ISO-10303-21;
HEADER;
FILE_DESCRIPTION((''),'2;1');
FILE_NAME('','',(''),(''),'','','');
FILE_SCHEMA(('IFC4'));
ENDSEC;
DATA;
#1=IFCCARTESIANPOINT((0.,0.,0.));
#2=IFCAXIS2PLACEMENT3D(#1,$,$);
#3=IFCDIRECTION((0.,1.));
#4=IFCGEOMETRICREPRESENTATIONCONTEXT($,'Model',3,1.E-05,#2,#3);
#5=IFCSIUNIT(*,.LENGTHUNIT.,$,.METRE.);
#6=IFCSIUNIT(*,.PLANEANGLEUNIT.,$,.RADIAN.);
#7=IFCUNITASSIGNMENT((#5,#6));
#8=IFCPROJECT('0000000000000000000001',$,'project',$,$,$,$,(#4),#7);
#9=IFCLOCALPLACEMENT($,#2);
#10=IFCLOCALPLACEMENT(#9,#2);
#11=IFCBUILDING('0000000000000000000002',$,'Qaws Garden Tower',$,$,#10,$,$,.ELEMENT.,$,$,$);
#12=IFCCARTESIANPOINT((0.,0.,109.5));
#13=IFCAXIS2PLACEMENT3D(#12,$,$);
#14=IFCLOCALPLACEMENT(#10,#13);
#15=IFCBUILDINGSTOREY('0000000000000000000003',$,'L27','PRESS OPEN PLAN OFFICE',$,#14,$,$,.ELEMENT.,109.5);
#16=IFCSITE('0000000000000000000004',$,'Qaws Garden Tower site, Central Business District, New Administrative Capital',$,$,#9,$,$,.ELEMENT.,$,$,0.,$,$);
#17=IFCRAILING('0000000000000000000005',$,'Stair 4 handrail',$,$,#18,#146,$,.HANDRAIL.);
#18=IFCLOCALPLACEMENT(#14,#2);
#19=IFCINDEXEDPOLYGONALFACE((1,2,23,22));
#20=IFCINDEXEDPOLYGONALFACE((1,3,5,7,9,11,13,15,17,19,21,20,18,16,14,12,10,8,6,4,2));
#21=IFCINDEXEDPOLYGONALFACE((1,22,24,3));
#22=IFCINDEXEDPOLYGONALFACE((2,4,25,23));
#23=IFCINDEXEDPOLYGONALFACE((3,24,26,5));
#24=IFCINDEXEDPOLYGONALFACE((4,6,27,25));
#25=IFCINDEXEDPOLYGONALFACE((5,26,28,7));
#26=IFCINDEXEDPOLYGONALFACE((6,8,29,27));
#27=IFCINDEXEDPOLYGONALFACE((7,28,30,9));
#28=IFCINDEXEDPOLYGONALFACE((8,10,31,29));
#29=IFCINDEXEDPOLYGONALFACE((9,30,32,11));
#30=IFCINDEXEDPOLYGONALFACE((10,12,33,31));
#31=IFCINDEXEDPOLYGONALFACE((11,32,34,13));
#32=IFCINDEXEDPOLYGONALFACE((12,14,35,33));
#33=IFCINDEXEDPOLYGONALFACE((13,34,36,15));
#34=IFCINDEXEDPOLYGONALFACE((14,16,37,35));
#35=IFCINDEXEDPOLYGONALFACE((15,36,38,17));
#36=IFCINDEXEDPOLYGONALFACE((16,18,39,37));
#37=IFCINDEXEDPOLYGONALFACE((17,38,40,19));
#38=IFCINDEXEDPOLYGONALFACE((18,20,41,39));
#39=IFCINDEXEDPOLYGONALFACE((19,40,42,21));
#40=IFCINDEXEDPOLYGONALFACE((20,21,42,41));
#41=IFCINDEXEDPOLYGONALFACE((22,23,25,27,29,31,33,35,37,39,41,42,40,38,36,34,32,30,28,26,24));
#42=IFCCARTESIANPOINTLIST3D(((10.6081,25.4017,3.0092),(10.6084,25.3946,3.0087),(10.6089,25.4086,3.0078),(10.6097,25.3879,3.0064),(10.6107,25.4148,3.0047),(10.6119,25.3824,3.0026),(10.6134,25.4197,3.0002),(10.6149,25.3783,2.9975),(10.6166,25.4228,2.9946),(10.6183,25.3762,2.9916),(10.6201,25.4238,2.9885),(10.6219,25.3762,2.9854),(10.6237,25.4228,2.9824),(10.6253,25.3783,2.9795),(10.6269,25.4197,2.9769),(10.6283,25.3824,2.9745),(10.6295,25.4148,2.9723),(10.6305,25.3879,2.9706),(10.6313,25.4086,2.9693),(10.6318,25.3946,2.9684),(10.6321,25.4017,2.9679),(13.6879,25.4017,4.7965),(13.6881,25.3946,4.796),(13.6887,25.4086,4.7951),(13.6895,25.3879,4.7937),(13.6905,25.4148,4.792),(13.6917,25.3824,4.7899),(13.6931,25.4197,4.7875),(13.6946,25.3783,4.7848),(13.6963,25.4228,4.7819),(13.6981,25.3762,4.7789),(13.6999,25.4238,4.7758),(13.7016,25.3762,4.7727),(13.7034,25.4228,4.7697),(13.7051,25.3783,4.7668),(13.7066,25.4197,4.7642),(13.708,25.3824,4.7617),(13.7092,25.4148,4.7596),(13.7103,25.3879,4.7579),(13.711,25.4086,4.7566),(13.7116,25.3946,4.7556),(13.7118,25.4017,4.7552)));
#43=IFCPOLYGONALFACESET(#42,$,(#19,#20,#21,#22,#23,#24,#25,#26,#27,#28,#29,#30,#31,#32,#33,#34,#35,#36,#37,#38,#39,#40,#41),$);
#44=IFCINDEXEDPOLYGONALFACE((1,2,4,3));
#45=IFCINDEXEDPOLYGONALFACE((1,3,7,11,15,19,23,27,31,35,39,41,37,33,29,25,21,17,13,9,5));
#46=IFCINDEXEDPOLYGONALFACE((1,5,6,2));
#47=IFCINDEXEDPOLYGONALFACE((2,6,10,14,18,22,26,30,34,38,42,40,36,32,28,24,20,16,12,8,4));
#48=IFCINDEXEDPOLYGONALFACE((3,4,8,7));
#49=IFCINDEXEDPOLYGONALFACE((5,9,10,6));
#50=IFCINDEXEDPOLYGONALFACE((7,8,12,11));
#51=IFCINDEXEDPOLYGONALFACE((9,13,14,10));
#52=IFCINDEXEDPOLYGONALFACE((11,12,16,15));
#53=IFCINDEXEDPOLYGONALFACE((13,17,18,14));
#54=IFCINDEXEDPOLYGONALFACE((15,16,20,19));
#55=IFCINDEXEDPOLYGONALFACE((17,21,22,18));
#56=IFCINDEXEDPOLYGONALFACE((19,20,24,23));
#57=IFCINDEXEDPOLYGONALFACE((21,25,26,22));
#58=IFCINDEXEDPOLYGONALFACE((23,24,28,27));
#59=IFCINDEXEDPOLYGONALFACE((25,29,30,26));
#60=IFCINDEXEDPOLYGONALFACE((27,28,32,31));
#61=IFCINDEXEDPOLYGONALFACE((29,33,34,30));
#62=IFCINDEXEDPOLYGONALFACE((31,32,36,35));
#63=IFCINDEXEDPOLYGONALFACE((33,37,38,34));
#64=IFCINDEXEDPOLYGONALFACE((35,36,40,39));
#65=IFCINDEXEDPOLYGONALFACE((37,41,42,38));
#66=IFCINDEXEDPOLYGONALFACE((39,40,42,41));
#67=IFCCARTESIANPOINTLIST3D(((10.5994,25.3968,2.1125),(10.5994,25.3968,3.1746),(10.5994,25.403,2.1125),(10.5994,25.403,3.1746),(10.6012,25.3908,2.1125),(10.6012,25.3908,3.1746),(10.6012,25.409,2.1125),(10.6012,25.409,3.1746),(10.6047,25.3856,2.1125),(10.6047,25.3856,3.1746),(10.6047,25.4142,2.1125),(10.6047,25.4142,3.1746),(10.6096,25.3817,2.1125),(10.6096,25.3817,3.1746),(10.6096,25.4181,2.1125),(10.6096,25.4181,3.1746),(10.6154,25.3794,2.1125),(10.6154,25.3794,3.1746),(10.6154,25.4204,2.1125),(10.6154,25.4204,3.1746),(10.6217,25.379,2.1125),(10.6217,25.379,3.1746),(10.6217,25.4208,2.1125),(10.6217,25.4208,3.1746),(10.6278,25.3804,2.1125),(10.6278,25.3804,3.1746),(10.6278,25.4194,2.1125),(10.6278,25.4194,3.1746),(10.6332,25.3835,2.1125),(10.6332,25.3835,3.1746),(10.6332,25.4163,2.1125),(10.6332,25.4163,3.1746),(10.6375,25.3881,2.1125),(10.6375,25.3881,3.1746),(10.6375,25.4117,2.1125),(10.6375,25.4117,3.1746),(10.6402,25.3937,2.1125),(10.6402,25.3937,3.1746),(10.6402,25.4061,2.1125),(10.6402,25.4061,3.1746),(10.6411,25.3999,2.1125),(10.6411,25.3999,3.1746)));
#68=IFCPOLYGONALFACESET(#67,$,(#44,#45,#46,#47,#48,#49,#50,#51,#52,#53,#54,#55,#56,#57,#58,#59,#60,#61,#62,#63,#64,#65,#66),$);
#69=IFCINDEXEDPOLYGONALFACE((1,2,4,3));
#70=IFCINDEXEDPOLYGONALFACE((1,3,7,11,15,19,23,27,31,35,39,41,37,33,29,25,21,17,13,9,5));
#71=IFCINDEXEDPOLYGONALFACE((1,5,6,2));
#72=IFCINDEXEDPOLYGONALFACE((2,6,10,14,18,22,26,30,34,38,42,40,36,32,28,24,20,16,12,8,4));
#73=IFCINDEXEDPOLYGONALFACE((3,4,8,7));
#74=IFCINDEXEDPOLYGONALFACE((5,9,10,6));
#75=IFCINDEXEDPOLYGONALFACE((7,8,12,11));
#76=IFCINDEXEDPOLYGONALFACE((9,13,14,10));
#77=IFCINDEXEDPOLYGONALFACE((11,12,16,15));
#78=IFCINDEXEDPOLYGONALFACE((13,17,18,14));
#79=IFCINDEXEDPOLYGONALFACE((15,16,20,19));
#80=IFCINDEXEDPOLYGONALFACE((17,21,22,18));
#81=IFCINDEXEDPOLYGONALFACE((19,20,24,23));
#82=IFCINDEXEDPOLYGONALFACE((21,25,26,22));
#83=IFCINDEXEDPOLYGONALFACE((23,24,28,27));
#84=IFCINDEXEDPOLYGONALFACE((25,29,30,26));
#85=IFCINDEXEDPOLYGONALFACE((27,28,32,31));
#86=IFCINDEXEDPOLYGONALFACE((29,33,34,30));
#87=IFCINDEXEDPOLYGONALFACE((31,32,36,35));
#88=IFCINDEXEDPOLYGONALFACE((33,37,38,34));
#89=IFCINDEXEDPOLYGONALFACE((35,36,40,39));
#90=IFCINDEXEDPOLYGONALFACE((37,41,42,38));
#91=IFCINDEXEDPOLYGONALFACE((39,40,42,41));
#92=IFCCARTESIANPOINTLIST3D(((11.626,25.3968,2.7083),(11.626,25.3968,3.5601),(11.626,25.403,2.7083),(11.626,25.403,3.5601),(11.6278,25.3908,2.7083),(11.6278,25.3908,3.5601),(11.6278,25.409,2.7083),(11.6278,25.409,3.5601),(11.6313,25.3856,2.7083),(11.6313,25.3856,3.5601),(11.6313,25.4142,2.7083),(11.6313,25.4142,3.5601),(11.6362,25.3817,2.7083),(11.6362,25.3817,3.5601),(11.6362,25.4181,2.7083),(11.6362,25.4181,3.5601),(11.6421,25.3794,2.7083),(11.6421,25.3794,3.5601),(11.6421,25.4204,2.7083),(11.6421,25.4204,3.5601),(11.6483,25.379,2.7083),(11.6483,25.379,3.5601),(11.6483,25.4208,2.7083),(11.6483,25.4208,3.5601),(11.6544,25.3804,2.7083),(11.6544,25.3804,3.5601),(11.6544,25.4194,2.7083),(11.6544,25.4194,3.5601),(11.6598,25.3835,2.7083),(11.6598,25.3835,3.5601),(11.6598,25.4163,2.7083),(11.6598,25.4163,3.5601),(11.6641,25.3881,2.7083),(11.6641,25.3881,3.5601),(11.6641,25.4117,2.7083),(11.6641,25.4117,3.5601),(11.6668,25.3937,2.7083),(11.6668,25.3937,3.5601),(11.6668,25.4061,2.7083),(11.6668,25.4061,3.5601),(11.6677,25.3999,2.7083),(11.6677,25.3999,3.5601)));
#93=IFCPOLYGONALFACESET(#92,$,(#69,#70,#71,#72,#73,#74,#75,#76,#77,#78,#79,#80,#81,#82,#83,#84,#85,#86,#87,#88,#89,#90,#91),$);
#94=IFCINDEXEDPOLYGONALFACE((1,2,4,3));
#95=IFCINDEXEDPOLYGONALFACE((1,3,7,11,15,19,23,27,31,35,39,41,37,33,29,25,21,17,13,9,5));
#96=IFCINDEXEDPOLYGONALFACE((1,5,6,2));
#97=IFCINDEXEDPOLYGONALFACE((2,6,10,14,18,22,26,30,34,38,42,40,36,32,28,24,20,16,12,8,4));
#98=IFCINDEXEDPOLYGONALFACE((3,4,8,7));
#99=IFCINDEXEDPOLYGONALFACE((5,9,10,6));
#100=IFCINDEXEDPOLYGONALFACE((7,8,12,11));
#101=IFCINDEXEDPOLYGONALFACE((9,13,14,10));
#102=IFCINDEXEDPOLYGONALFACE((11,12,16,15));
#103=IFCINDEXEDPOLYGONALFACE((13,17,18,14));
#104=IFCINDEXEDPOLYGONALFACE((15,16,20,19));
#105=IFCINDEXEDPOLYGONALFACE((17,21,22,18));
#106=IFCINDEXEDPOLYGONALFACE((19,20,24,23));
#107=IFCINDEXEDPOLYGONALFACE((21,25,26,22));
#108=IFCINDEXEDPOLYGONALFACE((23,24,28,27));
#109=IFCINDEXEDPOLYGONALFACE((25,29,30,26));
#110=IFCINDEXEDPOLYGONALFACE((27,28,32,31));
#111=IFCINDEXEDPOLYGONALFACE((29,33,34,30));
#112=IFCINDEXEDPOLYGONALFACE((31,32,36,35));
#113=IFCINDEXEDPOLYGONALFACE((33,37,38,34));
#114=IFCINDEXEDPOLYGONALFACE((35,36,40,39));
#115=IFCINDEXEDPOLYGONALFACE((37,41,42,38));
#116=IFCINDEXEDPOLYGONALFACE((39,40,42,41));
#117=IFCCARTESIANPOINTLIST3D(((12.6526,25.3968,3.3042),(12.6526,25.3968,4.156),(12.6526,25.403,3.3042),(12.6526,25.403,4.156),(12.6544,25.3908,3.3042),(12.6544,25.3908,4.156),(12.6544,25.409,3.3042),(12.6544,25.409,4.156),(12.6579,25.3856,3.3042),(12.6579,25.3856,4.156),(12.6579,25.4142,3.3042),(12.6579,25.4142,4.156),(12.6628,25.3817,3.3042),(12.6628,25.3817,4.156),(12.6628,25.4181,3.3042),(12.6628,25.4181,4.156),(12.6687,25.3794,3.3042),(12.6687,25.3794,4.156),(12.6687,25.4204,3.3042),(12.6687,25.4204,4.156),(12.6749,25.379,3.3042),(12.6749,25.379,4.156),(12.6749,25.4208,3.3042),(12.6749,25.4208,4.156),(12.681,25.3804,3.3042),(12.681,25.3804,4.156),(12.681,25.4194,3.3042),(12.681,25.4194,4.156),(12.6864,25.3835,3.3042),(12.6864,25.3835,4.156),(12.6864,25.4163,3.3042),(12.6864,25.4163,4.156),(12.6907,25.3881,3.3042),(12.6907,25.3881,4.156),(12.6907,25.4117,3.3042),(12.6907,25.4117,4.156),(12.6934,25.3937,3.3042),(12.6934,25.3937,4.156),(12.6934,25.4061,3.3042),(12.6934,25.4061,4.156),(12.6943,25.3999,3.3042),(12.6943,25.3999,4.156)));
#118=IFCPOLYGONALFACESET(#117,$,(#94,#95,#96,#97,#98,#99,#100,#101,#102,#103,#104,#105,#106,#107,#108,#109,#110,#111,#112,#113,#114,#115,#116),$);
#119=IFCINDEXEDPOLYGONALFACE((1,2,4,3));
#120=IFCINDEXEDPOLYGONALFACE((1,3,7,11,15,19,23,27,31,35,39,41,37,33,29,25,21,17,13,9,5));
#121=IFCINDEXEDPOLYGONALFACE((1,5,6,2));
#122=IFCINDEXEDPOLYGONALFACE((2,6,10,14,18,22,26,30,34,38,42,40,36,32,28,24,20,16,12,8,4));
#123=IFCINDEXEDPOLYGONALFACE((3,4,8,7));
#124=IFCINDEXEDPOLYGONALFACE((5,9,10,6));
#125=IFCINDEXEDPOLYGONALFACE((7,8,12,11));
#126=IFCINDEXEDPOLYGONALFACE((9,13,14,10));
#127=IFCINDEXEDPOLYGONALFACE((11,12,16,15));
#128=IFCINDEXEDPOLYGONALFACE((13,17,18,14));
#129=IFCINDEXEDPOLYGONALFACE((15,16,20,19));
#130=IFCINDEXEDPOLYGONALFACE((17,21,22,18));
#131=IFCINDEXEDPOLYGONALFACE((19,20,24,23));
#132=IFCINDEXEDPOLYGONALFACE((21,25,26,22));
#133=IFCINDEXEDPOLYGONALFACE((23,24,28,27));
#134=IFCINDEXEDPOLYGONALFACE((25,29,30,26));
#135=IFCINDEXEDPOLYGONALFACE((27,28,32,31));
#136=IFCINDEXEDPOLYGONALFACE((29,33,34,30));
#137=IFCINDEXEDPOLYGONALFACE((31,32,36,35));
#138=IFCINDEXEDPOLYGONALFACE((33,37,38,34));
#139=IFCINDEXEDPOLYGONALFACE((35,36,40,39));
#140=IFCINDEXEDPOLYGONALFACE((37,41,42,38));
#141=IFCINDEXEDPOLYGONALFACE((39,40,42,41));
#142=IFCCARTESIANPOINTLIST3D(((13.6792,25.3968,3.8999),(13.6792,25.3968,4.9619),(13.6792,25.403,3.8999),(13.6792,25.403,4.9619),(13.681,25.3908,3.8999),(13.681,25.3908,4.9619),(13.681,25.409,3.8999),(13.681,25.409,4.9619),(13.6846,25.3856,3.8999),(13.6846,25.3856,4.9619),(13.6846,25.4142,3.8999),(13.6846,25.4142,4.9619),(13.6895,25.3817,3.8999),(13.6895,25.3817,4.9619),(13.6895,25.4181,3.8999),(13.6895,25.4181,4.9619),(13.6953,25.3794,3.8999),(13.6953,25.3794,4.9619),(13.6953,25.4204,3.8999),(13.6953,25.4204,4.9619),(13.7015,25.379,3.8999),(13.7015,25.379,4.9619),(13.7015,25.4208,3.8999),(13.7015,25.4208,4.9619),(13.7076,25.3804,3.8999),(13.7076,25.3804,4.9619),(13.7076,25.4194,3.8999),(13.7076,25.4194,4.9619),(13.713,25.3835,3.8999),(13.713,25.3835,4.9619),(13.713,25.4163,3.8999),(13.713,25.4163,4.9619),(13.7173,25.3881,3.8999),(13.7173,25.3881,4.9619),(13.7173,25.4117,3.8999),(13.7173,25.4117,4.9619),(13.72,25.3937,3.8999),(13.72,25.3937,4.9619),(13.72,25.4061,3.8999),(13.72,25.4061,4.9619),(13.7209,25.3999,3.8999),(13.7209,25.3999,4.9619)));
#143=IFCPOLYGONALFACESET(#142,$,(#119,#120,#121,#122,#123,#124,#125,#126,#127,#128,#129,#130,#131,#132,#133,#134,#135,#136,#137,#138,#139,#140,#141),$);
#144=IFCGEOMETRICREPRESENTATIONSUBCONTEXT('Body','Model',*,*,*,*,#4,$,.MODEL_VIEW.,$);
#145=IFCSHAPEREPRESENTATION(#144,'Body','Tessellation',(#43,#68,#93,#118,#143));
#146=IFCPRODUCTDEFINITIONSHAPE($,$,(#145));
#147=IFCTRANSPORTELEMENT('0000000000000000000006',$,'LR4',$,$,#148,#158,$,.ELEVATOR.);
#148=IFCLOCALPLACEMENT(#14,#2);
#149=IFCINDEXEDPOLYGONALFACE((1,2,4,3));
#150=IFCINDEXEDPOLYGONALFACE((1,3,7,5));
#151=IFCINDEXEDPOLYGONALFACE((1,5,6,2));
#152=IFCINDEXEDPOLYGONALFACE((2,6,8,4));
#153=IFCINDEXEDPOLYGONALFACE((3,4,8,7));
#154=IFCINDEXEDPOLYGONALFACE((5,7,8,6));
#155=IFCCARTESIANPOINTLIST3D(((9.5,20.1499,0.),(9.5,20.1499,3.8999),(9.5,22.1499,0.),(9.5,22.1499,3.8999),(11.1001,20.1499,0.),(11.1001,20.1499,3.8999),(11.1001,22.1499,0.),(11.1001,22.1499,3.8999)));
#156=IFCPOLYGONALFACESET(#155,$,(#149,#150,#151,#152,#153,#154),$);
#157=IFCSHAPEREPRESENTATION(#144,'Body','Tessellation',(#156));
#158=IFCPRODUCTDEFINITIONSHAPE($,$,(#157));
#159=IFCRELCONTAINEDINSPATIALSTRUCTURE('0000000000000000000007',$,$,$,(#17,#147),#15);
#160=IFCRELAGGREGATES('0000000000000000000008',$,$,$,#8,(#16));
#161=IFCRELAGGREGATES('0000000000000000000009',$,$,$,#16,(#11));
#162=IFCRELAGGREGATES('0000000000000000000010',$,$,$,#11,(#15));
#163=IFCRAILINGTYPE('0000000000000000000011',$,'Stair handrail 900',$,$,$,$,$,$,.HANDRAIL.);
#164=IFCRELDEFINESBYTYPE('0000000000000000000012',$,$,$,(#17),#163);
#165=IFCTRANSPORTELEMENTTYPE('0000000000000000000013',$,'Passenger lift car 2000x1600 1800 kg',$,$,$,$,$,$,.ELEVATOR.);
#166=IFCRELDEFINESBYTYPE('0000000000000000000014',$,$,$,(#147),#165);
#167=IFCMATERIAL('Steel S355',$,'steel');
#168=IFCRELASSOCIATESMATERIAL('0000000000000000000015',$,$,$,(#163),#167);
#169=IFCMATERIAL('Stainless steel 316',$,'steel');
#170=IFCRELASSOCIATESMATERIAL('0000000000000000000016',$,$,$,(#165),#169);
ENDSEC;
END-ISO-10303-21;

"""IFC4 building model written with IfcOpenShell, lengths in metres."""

from ifc_helpers import new_model, si_unit, direction, frame, origin, origin_2d, place, context, subcontext, project, spatial, rectangle, circle, extrude, material, type_object, element, save


model = new_model("IFC4")

# Units and contexts
model_context = context("Model", 3, precision=1e-05, world=origin(), true_north=direction((0.0, 1.0)))
body_context = subcontext(model_context, "Body", "Model", "MODEL_VIEW")
ifc_project = project(units=[si_unit("LENGTHUNIT", "METRE"), si_unit("PLANEANGLEUNIT", "RADIAN")], contexts=[model_context])

# Site, building, storey
site_placement = place(None, origin())
site = spatial("IfcSite", under=ifc_project, at=site_placement, Name="Qaws Garden Tower site, Central Business District, New Administrative Capital", CompositionType="ELEMENT", RefElevation=0.0)
building_placement = place(site_placement, origin())
building = spatial("IfcBuilding", under=site, at=building_placement, Name="Qaws Garden Tower", CompositionType="ELEMENT")
storey_placement = place(building_placement, frame((0.0, 0.0, 109.5)))
storey = spatial("IfcBuildingStorey", under=building, at=storey_placement, Name="L27", Description="PRESS OPEN PLAN OFFICE", CompositionType="ELEMENT", Elevation=109.5)

# Railing
ifc_material_1 = material(Name="Steel S355", Category="steel")
railing_type = type_object("IfcRailingType", Name="Stair handrail 900", PredefinedType="HANDRAIL", material=ifc_material_1)
railing_1_placement = place(storey_placement, frame((10.6201, 25.3999, 2.1125)))
element("IfcRailing", 1, at=railing_1_placement, inside=storey, type_object=railing_type, Name="Stair 4 handrail", PredefinedType="HANDRAIL", context=body_context, shape_type="SweptSolid", body=[
    extrude(circle(Radius=0.0239, at=origin_2d()), frame((0.0, 0.0, 0.876), z_axis=(0.864903, 0.0, 0.501939), x_axis=(0.0, 1.0, 0.0)), (0.0, 0.0, 1.0), 3.5608),
    extrude(circle(Radius=0.021, at=origin_2d()), origin(), (0.0, 0.0, 1.0), 1.062),
    extrude(circle(Radius=0.021, at=origin_2d()), frame((1.0266, 0.0, 0.5957)), (0.0, 0.0, 1.0), 0.8518),
    extrude(circle(Radius=0.021, at=origin_2d()), frame((2.0532, 0.0, 1.1917)), (0.0, 0.0, 1.0), 0.8518),
    extrude(circle(Radius=0.021, at=origin_2d()), frame((3.0798, 0.0, 1.7874)), (0.0, 0.0, 1.0), 1.062),
])

# Transport element
ifc_material_2 = material(Name="Stainless steel 316", Category="steel")
transport_element_type = type_object("IfcTransportElementType", Name="Passenger lift car 2000x1600 1800 kg", PredefinedType="ELEVATOR", material=ifc_material_2)
transport_element_placement = place(storey_placement, frame((10.3, 21.1499, 0.0), z_axis=(0.0, 0.0, 1.0), x_axis=(1.0, 0.0, 0.0)))
element("IfcTransportElement", 2, at=transport_element_placement, inside=storey, type_object=transport_element_type, Name="LR4", PredefinedType="ELEVATOR", context=body_context, shape_type="SweptSolid", body=[
    extrude(rectangle(XDim=1.6001, YDim=2.0, at=origin_2d()), origin(), (0.0, 0.0, 1.0), 3.8999),
])

save(model, "model.ifc")
